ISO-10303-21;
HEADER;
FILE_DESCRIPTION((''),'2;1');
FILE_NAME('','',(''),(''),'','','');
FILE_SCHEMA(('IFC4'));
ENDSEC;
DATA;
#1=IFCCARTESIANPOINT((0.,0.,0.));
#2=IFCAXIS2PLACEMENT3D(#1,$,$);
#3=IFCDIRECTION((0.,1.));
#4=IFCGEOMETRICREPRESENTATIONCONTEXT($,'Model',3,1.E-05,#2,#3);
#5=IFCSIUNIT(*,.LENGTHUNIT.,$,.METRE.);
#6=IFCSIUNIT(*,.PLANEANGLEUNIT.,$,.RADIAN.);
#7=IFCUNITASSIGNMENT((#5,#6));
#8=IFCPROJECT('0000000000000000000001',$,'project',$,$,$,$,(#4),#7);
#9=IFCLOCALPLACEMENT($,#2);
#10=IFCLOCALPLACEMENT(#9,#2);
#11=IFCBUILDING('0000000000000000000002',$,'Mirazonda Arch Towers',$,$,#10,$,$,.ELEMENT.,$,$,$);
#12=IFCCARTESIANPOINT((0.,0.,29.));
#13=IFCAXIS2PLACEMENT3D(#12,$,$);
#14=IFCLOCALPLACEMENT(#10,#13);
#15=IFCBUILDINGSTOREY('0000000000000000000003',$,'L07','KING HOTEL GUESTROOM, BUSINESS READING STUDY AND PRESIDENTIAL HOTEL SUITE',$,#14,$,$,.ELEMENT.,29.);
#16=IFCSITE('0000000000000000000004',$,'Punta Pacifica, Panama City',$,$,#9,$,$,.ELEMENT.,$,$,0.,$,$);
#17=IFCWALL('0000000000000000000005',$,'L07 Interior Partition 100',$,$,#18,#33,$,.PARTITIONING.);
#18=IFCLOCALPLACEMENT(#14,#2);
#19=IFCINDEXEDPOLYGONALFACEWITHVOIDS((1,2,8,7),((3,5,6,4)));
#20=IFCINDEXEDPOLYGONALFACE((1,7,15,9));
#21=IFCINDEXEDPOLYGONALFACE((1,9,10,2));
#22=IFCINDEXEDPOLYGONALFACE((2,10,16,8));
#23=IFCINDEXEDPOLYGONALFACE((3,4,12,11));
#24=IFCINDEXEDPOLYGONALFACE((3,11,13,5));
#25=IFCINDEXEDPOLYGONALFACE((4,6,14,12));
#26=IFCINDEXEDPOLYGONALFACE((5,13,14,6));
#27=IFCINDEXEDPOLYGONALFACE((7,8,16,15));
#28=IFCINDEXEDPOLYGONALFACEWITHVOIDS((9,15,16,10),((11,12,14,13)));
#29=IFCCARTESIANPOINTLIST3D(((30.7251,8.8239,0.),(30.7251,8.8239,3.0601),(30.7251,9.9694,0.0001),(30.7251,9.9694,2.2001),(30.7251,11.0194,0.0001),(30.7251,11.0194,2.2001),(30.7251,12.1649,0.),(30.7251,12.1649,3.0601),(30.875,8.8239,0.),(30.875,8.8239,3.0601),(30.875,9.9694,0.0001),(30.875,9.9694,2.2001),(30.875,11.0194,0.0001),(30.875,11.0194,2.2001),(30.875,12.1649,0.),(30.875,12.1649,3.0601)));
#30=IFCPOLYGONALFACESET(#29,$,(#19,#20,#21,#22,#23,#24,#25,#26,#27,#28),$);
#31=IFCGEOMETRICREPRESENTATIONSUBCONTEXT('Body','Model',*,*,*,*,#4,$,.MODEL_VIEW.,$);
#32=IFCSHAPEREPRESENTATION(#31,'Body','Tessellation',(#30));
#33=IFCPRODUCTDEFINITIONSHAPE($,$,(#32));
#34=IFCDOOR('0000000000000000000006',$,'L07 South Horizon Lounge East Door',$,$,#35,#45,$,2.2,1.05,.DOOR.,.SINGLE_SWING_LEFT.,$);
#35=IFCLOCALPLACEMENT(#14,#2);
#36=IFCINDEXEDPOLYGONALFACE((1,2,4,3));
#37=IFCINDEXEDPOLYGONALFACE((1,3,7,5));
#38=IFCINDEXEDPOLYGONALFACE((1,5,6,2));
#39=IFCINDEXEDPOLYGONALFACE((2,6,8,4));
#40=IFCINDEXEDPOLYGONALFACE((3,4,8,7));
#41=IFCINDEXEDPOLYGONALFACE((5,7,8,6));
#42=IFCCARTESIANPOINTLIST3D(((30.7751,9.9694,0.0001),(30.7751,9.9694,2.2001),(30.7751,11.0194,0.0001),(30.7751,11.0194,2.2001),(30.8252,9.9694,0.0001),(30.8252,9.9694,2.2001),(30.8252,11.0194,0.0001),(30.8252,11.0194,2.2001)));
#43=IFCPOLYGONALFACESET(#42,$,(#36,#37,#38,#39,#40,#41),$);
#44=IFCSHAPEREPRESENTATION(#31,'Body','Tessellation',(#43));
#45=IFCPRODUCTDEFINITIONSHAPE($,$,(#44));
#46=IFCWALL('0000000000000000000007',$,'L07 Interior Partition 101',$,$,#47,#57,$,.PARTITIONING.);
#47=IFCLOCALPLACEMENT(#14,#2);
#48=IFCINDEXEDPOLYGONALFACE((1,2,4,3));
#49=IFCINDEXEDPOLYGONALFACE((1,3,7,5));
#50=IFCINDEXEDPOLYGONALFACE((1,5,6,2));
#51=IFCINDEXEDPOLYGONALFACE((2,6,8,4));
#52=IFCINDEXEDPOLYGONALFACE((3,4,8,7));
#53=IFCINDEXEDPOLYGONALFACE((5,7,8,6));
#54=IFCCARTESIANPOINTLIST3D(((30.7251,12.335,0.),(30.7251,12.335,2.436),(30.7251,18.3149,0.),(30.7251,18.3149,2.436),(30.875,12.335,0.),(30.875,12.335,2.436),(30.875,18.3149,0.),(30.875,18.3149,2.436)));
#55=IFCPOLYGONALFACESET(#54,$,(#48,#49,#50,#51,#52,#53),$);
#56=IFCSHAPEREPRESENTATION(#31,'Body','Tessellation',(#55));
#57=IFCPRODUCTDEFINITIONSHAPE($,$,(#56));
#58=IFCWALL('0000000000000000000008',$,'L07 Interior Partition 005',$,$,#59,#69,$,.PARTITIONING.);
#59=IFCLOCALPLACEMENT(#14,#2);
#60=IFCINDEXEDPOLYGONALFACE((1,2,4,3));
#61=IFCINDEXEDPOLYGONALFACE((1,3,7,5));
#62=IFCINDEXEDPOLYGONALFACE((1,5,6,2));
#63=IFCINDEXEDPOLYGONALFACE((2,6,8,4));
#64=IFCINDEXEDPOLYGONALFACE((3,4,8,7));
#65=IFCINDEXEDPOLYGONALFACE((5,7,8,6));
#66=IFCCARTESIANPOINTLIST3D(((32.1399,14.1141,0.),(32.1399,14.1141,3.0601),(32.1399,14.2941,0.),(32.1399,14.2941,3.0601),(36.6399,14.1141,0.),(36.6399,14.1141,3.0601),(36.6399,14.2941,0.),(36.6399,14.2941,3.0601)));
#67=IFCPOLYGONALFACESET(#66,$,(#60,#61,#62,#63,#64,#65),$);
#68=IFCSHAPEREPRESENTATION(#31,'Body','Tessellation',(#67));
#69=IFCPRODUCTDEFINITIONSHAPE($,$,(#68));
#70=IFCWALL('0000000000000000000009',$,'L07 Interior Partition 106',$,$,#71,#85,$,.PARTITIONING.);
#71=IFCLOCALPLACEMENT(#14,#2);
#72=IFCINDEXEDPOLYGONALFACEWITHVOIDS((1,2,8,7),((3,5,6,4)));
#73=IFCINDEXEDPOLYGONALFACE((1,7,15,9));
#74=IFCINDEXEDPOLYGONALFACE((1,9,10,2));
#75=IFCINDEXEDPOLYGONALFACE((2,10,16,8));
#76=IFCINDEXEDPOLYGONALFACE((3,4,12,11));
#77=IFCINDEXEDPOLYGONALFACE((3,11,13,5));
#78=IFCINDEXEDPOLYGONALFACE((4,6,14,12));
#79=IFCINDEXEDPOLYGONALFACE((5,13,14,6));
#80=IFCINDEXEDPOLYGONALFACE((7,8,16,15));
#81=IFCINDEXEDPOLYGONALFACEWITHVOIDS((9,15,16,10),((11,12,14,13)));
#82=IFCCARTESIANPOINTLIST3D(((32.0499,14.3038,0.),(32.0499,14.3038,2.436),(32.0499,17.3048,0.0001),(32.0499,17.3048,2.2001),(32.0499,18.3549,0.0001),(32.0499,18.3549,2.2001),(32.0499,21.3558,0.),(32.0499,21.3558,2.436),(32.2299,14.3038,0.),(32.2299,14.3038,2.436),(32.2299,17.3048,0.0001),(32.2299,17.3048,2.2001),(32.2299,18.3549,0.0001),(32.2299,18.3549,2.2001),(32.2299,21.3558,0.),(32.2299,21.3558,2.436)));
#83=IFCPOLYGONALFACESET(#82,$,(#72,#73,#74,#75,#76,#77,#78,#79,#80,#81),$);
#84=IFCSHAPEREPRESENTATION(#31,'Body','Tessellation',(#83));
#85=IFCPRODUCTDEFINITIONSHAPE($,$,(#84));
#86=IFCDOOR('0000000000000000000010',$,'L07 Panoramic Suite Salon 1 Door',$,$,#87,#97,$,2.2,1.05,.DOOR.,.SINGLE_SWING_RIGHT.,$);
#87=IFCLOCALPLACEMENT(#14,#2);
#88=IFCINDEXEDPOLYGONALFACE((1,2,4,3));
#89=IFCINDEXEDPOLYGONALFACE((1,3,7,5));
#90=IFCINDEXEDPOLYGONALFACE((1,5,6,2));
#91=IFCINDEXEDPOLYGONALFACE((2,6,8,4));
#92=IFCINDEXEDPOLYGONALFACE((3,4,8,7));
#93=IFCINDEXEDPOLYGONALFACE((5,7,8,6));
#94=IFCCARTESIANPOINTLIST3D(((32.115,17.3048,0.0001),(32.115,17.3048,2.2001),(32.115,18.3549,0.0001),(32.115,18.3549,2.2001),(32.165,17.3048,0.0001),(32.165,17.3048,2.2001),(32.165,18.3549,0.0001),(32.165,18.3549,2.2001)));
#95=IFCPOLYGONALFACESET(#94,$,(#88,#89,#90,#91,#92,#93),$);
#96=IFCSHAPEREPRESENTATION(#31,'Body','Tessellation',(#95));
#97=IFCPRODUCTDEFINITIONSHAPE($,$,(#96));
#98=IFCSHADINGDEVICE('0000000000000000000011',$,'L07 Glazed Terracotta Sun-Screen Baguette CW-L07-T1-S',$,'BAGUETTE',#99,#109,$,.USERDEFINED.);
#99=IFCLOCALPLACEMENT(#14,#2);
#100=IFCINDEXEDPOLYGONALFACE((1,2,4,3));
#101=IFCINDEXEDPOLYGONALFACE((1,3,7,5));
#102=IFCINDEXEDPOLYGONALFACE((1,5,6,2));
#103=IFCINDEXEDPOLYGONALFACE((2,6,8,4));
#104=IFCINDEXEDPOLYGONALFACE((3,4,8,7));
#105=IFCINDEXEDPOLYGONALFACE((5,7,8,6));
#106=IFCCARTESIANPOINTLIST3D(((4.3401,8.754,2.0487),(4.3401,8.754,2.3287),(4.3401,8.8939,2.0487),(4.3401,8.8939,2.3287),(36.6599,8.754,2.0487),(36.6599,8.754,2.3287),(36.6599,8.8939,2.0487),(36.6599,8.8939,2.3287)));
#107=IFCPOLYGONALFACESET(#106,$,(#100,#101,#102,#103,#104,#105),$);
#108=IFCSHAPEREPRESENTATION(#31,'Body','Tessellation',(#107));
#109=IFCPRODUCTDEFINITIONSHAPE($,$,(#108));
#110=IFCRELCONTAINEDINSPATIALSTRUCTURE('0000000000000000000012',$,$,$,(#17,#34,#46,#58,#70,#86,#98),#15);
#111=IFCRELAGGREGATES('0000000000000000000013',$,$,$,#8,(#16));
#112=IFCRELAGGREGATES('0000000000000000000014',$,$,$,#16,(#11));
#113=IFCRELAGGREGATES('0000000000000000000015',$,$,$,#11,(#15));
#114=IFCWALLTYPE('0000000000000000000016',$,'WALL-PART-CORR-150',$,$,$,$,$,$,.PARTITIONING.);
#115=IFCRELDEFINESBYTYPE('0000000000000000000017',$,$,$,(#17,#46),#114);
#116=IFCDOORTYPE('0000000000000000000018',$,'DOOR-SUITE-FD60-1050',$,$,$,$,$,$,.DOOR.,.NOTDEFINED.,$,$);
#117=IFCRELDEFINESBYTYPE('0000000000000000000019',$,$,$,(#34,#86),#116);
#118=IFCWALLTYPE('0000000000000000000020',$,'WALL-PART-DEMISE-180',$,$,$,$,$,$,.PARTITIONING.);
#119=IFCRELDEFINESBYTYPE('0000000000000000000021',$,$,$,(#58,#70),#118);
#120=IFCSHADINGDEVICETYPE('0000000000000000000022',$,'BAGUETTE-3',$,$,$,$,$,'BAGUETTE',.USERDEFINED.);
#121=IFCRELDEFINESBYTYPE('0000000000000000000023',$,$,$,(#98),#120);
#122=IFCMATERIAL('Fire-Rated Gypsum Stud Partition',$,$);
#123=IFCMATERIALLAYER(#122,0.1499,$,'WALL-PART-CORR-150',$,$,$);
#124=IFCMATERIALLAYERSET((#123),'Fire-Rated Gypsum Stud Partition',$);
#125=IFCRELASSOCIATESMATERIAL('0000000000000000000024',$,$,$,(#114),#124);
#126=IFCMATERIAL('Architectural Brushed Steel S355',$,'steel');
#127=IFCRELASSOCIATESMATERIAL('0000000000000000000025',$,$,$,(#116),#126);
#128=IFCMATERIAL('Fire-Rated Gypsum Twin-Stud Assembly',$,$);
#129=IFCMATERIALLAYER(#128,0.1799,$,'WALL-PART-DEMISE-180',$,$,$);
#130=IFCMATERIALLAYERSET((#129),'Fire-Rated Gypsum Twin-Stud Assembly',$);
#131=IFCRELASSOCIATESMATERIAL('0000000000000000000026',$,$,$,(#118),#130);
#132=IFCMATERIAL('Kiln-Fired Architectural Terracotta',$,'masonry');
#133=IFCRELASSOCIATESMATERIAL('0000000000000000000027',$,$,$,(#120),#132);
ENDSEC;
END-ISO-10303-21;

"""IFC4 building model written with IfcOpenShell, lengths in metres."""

from ifc_helpers import new_model, si_unit, direction, frame, frame_2d, origin, origin_2d, place, context, subcontext, project, spatial, rectangle, extrude, material, layer, layer_set, material_profile, profile_set, type_object, element, fill, save


model = new_model("IFC4")

# Units and contexts
model_context = context("Model", 3, precision=1e-05, world=origin(), true_north=direction((0.0, 1.0)))
body_context = subcontext(model_context, "Body", "Model", "MODEL_VIEW")
ifc_project = project(units=[si_unit("LENGTHUNIT", "METRE"), si_unit("PLANEANGLEUNIT", "RADIAN")], contexts=[model_context])

# Site, building, storey
site_placement = place(None, origin())
site = spatial("IfcSite", under=ifc_project, at=site_placement, Name="Punta Pacifica, Panama City", CompositionType="ELEMENT", RefElevation=0.0)
building_placement = place(site_placement, origin())
building = spatial("IfcBuilding", under=site, at=building_placement, Name="Mirazonda Arch Towers", CompositionType="ELEMENT")
storey_placement = place(building_placement, frame((0.0, 0.0, 29.0)))
storey = spatial("IfcBuildingStorey", under=building, at=storey_placement, Name="L07", Description="KING HOTEL GUESTROOM, BUSINESS READING STUDY AND PRESIDENTIAL HOTEL SUITE", CompositionType="ELEMENT", Elevation=29.0)

# Shared definitions
ifc_material_1 = material(Name="Fire-Rated Gypsum Stud Partition")
ifc_layer_1 = layer(ifc_material_1, 0.1499, Name="WALL-PART-CORR-150")
ifc_layer_set_1 = layer_set([ifc_layer_1], Name="Fire-Rated Gypsum Stud Partition")
wall_type_1 = type_object("IfcWallType", Name="WALL-PART-CORR-150", PredefinedType="PARTITIONING", material=ifc_layer_set_1)

# Wall, opening, door
wall_1_placement = place(storey_placement, frame((30.8, 8.824, 0.0), z_axis=(0.0, 0.0, 1.0), x_axis=(0.0, 1.0, 0.0)))
wall_1 = element("IfcWall", 1, at=wall_1_placement, inside=storey, type_object=wall_type_1, Name="L07 Interior Partition 100", PredefinedType="PARTITIONING", context=body_context, shape_type="SweptSolid", body=[
    extrude(rectangle(XDim=3.3411, YDim=0.1499, at=frame_2d((1.6704, 0.0))), origin(), (0.0, 0.0, 1.0), 3.0601),
])
opening_1_placement = place(wall_1_placement, frame((1.1455, 0.0, 0.0)))
opening_1 = element("IfcOpeningElement", 2, at=opening_1_placement, cuts=wall_1, PredefinedType="OPENING", context=body_context, shape_type="SweptSolid", body=[
    extrude(rectangle(XDim=1.05, YDim=2.2, at=frame_2d((0.5249, 1.1001))), frame((0.0, 0.085, 0.0), z_axis=(0.0, -1.0, 0.0), x_axis=(1.0, 0.0, 0.0)), (0.0, 0.0, 1.0), 0.1699),
])
ifc_material_2 = material(Name="Architectural Brushed Steel S355", Category="steel")
door_type_1 = type_object("IfcDoorType", Name="DOOR-SUITE-FD60-1050", OperationType="NOTDEFINED", PredefinedType="DOOR", material=ifc_material_2)
door_1_placement = place(opening_1_placement, origin())
door_1 = element("IfcDoor", 3, at=door_1_placement, inside=storey, type_object=door_type_1, Name="L07 South Horizon Lounge East Door", OperationType="SINGLE_SWING_LEFT", OverallHeight=2.2, OverallWidth=1.05, PredefinedType="DOOR", context=body_context, shape_type="SweptSolid", body=[
    extrude(rectangle(XDim=1.05, YDim=2.2, at=frame_2d((0.5249, 1.1001))), frame((0.0, 0.0249, 0.0), z_axis=(0.0, -1.0, 0.0), x_axis=(1.0, 0.0, 0.0)), (0.0, 0.0, 1.0), 0.05),
])
fill(opening_1, door_1)

# Walls
wall_2_placement = place(storey_placement, frame((30.8, 12.335, 0.0), z_axis=(0.0, 0.0, 1.0), x_axis=(0.0, 1.0, 0.0)))
element("IfcWall", 4, at=wall_2_placement, inside=storey, type_object=wall_type_1, Name="L07 Interior Partition 101", PredefinedType="PARTITIONING", context=body_context, shape_type="SweptSolid", body=[
    extrude(rectangle(XDim=5.98, YDim=0.1499, at=frame_2d((2.99, 0.0))), origin(), (0.0, 0.0, 1.0), 2.436),
])
ifc_material_3 = material(Name="Fire-Rated Gypsum Twin-Stud Assembly")
ifc_layer_2 = layer(ifc_material_3, 0.1799, Name="WALL-PART-DEMISE-180")
ifc_layer_set_2 = layer_set([ifc_layer_2], Name="Fire-Rated Gypsum Twin-Stud Assembly")
wall_type_2 = type_object("IfcWallType", Name="WALL-PART-DEMISE-180", PredefinedType="PARTITIONING", material=ifc_layer_set_2)
wall_3_placement = place(storey_placement, frame((32.1399, 14.2041, 0.0), z_axis=(0.0, 0.0, 1.0), x_axis=(1.0, 0.0, 0.0)))
element("IfcWall", 5, at=wall_3_placement, inside=storey, type_object=wall_type_2, Name="L07 Interior Partition 005", PredefinedType="PARTITIONING", context=body_context, shape_type="SweptSolid", body=[
    extrude(rectangle(XDim=4.5, YDim=0.1799, at=frame_2d((2.25, 0.0))), origin(), (0.0, 0.0, 1.0), 3.0601),
])

# Wall, opening, door
wall_4_placement = place(storey_placement, frame((32.1399, 14.304, 0.0), z_axis=(0.0, 0.0, 1.0), x_axis=(0.0, 1.0, 0.0)))
wall_4 = element("IfcWall", 6, at=wall_4_placement, inside=storey, type_object=wall_type_2, Name="L07 Interior Partition 106", PredefinedType="PARTITIONING", context=body_context, shape_type="SweptSolid", body=[
    extrude(rectangle(XDim=7.052, YDim=0.1799, at=frame_2d((3.5259, 0.0))), origin(), (0.0, 0.0, 1.0), 2.436),
])
opening_2_placement = place(wall_4_placement, frame((3.001, 0.0, 0.0)))
opening_2 = element("IfcOpeningElement", 7, at=opening_2_placement, cuts=wall_4, PredefinedType="OPENING", context=body_context, shape_type="SweptSolid", body=[
    extrude(rectangle(XDim=1.05, YDim=2.2, at=frame_2d((0.5249, 1.1001))), frame((0.0, 0.0999, 0.0), z_axis=(0.0, -1.0, 0.0), x_axis=(1.0, 0.0, 0.0)), (0.0, 0.0, 1.0), 0.2),
])
door_2_placement = place(opening_2_placement, origin())
door_2 = element("IfcDoor", 8, at=door_2_placement, inside=storey, type_object=door_type_1, Name="L07 Panoramic Suite Salon 1 Door", OperationType="SINGLE_SWING_RIGHT", OverallHeight=2.2, OverallWidth=1.05, PredefinedType="DOOR", context=body_context, shape_type="SweptSolid", body=[
    extrude(rectangle(XDim=1.05, YDim=2.2, at=frame_2d((0.5249, 1.1001))), frame((0.0, 0.0249, 0.0), z_axis=(0.0, -1.0, 0.0), x_axis=(1.0, 0.0, 0.0)), (0.0, 0.0, 1.0), 0.05),
])
fill(opening_2, door_2)

# Shading device
ifc_material_4 = material(Name="Kiln-Fired Architectural Terracotta", Category="masonry")
ifc_material_profile_1 = material_profile(ifc_material_4, rectangle(XDim=0.1399, YDim=0.28, at=origin_2d()), Name="TERRA-BAG-140x280")
ifc_profile_set_1 = profile_set([ifc_material_profile_1], Name="Kiln-Fired Architectural Terracotta")
shading_device_type = type_object("IfcShadingDeviceType", Name="BAGUETTE-3", ElementType="BAGUETTE", PredefinedType="USERDEFINED", material=ifc_profile_set_1)
shading_device_placement = place(storey_placement, frame((36.6599, 8.824, 2.1887), z_axis=(-1.0, 0.0, 0.0), x_axis=(0.0, -1.0, 0.0)))
element("IfcShadingDevice", 9, at=shading_device_placement, inside=storey, type_object=shading_device_type, Name="L07 Glazed Terracotta Sun-Screen Baguette CW-L07-T1-S", ObjectType="BAGUETTE", PredefinedType="USERDEFINED", context=body_context, shape_type="SweptSolid", body=[
    extrude(rectangle(XDim=0.1399, YDim=0.28, at=origin_2d()), origin(), (0.0, 0.0, 1.0), 32.3198),
])

save(model, "model.ifc")
